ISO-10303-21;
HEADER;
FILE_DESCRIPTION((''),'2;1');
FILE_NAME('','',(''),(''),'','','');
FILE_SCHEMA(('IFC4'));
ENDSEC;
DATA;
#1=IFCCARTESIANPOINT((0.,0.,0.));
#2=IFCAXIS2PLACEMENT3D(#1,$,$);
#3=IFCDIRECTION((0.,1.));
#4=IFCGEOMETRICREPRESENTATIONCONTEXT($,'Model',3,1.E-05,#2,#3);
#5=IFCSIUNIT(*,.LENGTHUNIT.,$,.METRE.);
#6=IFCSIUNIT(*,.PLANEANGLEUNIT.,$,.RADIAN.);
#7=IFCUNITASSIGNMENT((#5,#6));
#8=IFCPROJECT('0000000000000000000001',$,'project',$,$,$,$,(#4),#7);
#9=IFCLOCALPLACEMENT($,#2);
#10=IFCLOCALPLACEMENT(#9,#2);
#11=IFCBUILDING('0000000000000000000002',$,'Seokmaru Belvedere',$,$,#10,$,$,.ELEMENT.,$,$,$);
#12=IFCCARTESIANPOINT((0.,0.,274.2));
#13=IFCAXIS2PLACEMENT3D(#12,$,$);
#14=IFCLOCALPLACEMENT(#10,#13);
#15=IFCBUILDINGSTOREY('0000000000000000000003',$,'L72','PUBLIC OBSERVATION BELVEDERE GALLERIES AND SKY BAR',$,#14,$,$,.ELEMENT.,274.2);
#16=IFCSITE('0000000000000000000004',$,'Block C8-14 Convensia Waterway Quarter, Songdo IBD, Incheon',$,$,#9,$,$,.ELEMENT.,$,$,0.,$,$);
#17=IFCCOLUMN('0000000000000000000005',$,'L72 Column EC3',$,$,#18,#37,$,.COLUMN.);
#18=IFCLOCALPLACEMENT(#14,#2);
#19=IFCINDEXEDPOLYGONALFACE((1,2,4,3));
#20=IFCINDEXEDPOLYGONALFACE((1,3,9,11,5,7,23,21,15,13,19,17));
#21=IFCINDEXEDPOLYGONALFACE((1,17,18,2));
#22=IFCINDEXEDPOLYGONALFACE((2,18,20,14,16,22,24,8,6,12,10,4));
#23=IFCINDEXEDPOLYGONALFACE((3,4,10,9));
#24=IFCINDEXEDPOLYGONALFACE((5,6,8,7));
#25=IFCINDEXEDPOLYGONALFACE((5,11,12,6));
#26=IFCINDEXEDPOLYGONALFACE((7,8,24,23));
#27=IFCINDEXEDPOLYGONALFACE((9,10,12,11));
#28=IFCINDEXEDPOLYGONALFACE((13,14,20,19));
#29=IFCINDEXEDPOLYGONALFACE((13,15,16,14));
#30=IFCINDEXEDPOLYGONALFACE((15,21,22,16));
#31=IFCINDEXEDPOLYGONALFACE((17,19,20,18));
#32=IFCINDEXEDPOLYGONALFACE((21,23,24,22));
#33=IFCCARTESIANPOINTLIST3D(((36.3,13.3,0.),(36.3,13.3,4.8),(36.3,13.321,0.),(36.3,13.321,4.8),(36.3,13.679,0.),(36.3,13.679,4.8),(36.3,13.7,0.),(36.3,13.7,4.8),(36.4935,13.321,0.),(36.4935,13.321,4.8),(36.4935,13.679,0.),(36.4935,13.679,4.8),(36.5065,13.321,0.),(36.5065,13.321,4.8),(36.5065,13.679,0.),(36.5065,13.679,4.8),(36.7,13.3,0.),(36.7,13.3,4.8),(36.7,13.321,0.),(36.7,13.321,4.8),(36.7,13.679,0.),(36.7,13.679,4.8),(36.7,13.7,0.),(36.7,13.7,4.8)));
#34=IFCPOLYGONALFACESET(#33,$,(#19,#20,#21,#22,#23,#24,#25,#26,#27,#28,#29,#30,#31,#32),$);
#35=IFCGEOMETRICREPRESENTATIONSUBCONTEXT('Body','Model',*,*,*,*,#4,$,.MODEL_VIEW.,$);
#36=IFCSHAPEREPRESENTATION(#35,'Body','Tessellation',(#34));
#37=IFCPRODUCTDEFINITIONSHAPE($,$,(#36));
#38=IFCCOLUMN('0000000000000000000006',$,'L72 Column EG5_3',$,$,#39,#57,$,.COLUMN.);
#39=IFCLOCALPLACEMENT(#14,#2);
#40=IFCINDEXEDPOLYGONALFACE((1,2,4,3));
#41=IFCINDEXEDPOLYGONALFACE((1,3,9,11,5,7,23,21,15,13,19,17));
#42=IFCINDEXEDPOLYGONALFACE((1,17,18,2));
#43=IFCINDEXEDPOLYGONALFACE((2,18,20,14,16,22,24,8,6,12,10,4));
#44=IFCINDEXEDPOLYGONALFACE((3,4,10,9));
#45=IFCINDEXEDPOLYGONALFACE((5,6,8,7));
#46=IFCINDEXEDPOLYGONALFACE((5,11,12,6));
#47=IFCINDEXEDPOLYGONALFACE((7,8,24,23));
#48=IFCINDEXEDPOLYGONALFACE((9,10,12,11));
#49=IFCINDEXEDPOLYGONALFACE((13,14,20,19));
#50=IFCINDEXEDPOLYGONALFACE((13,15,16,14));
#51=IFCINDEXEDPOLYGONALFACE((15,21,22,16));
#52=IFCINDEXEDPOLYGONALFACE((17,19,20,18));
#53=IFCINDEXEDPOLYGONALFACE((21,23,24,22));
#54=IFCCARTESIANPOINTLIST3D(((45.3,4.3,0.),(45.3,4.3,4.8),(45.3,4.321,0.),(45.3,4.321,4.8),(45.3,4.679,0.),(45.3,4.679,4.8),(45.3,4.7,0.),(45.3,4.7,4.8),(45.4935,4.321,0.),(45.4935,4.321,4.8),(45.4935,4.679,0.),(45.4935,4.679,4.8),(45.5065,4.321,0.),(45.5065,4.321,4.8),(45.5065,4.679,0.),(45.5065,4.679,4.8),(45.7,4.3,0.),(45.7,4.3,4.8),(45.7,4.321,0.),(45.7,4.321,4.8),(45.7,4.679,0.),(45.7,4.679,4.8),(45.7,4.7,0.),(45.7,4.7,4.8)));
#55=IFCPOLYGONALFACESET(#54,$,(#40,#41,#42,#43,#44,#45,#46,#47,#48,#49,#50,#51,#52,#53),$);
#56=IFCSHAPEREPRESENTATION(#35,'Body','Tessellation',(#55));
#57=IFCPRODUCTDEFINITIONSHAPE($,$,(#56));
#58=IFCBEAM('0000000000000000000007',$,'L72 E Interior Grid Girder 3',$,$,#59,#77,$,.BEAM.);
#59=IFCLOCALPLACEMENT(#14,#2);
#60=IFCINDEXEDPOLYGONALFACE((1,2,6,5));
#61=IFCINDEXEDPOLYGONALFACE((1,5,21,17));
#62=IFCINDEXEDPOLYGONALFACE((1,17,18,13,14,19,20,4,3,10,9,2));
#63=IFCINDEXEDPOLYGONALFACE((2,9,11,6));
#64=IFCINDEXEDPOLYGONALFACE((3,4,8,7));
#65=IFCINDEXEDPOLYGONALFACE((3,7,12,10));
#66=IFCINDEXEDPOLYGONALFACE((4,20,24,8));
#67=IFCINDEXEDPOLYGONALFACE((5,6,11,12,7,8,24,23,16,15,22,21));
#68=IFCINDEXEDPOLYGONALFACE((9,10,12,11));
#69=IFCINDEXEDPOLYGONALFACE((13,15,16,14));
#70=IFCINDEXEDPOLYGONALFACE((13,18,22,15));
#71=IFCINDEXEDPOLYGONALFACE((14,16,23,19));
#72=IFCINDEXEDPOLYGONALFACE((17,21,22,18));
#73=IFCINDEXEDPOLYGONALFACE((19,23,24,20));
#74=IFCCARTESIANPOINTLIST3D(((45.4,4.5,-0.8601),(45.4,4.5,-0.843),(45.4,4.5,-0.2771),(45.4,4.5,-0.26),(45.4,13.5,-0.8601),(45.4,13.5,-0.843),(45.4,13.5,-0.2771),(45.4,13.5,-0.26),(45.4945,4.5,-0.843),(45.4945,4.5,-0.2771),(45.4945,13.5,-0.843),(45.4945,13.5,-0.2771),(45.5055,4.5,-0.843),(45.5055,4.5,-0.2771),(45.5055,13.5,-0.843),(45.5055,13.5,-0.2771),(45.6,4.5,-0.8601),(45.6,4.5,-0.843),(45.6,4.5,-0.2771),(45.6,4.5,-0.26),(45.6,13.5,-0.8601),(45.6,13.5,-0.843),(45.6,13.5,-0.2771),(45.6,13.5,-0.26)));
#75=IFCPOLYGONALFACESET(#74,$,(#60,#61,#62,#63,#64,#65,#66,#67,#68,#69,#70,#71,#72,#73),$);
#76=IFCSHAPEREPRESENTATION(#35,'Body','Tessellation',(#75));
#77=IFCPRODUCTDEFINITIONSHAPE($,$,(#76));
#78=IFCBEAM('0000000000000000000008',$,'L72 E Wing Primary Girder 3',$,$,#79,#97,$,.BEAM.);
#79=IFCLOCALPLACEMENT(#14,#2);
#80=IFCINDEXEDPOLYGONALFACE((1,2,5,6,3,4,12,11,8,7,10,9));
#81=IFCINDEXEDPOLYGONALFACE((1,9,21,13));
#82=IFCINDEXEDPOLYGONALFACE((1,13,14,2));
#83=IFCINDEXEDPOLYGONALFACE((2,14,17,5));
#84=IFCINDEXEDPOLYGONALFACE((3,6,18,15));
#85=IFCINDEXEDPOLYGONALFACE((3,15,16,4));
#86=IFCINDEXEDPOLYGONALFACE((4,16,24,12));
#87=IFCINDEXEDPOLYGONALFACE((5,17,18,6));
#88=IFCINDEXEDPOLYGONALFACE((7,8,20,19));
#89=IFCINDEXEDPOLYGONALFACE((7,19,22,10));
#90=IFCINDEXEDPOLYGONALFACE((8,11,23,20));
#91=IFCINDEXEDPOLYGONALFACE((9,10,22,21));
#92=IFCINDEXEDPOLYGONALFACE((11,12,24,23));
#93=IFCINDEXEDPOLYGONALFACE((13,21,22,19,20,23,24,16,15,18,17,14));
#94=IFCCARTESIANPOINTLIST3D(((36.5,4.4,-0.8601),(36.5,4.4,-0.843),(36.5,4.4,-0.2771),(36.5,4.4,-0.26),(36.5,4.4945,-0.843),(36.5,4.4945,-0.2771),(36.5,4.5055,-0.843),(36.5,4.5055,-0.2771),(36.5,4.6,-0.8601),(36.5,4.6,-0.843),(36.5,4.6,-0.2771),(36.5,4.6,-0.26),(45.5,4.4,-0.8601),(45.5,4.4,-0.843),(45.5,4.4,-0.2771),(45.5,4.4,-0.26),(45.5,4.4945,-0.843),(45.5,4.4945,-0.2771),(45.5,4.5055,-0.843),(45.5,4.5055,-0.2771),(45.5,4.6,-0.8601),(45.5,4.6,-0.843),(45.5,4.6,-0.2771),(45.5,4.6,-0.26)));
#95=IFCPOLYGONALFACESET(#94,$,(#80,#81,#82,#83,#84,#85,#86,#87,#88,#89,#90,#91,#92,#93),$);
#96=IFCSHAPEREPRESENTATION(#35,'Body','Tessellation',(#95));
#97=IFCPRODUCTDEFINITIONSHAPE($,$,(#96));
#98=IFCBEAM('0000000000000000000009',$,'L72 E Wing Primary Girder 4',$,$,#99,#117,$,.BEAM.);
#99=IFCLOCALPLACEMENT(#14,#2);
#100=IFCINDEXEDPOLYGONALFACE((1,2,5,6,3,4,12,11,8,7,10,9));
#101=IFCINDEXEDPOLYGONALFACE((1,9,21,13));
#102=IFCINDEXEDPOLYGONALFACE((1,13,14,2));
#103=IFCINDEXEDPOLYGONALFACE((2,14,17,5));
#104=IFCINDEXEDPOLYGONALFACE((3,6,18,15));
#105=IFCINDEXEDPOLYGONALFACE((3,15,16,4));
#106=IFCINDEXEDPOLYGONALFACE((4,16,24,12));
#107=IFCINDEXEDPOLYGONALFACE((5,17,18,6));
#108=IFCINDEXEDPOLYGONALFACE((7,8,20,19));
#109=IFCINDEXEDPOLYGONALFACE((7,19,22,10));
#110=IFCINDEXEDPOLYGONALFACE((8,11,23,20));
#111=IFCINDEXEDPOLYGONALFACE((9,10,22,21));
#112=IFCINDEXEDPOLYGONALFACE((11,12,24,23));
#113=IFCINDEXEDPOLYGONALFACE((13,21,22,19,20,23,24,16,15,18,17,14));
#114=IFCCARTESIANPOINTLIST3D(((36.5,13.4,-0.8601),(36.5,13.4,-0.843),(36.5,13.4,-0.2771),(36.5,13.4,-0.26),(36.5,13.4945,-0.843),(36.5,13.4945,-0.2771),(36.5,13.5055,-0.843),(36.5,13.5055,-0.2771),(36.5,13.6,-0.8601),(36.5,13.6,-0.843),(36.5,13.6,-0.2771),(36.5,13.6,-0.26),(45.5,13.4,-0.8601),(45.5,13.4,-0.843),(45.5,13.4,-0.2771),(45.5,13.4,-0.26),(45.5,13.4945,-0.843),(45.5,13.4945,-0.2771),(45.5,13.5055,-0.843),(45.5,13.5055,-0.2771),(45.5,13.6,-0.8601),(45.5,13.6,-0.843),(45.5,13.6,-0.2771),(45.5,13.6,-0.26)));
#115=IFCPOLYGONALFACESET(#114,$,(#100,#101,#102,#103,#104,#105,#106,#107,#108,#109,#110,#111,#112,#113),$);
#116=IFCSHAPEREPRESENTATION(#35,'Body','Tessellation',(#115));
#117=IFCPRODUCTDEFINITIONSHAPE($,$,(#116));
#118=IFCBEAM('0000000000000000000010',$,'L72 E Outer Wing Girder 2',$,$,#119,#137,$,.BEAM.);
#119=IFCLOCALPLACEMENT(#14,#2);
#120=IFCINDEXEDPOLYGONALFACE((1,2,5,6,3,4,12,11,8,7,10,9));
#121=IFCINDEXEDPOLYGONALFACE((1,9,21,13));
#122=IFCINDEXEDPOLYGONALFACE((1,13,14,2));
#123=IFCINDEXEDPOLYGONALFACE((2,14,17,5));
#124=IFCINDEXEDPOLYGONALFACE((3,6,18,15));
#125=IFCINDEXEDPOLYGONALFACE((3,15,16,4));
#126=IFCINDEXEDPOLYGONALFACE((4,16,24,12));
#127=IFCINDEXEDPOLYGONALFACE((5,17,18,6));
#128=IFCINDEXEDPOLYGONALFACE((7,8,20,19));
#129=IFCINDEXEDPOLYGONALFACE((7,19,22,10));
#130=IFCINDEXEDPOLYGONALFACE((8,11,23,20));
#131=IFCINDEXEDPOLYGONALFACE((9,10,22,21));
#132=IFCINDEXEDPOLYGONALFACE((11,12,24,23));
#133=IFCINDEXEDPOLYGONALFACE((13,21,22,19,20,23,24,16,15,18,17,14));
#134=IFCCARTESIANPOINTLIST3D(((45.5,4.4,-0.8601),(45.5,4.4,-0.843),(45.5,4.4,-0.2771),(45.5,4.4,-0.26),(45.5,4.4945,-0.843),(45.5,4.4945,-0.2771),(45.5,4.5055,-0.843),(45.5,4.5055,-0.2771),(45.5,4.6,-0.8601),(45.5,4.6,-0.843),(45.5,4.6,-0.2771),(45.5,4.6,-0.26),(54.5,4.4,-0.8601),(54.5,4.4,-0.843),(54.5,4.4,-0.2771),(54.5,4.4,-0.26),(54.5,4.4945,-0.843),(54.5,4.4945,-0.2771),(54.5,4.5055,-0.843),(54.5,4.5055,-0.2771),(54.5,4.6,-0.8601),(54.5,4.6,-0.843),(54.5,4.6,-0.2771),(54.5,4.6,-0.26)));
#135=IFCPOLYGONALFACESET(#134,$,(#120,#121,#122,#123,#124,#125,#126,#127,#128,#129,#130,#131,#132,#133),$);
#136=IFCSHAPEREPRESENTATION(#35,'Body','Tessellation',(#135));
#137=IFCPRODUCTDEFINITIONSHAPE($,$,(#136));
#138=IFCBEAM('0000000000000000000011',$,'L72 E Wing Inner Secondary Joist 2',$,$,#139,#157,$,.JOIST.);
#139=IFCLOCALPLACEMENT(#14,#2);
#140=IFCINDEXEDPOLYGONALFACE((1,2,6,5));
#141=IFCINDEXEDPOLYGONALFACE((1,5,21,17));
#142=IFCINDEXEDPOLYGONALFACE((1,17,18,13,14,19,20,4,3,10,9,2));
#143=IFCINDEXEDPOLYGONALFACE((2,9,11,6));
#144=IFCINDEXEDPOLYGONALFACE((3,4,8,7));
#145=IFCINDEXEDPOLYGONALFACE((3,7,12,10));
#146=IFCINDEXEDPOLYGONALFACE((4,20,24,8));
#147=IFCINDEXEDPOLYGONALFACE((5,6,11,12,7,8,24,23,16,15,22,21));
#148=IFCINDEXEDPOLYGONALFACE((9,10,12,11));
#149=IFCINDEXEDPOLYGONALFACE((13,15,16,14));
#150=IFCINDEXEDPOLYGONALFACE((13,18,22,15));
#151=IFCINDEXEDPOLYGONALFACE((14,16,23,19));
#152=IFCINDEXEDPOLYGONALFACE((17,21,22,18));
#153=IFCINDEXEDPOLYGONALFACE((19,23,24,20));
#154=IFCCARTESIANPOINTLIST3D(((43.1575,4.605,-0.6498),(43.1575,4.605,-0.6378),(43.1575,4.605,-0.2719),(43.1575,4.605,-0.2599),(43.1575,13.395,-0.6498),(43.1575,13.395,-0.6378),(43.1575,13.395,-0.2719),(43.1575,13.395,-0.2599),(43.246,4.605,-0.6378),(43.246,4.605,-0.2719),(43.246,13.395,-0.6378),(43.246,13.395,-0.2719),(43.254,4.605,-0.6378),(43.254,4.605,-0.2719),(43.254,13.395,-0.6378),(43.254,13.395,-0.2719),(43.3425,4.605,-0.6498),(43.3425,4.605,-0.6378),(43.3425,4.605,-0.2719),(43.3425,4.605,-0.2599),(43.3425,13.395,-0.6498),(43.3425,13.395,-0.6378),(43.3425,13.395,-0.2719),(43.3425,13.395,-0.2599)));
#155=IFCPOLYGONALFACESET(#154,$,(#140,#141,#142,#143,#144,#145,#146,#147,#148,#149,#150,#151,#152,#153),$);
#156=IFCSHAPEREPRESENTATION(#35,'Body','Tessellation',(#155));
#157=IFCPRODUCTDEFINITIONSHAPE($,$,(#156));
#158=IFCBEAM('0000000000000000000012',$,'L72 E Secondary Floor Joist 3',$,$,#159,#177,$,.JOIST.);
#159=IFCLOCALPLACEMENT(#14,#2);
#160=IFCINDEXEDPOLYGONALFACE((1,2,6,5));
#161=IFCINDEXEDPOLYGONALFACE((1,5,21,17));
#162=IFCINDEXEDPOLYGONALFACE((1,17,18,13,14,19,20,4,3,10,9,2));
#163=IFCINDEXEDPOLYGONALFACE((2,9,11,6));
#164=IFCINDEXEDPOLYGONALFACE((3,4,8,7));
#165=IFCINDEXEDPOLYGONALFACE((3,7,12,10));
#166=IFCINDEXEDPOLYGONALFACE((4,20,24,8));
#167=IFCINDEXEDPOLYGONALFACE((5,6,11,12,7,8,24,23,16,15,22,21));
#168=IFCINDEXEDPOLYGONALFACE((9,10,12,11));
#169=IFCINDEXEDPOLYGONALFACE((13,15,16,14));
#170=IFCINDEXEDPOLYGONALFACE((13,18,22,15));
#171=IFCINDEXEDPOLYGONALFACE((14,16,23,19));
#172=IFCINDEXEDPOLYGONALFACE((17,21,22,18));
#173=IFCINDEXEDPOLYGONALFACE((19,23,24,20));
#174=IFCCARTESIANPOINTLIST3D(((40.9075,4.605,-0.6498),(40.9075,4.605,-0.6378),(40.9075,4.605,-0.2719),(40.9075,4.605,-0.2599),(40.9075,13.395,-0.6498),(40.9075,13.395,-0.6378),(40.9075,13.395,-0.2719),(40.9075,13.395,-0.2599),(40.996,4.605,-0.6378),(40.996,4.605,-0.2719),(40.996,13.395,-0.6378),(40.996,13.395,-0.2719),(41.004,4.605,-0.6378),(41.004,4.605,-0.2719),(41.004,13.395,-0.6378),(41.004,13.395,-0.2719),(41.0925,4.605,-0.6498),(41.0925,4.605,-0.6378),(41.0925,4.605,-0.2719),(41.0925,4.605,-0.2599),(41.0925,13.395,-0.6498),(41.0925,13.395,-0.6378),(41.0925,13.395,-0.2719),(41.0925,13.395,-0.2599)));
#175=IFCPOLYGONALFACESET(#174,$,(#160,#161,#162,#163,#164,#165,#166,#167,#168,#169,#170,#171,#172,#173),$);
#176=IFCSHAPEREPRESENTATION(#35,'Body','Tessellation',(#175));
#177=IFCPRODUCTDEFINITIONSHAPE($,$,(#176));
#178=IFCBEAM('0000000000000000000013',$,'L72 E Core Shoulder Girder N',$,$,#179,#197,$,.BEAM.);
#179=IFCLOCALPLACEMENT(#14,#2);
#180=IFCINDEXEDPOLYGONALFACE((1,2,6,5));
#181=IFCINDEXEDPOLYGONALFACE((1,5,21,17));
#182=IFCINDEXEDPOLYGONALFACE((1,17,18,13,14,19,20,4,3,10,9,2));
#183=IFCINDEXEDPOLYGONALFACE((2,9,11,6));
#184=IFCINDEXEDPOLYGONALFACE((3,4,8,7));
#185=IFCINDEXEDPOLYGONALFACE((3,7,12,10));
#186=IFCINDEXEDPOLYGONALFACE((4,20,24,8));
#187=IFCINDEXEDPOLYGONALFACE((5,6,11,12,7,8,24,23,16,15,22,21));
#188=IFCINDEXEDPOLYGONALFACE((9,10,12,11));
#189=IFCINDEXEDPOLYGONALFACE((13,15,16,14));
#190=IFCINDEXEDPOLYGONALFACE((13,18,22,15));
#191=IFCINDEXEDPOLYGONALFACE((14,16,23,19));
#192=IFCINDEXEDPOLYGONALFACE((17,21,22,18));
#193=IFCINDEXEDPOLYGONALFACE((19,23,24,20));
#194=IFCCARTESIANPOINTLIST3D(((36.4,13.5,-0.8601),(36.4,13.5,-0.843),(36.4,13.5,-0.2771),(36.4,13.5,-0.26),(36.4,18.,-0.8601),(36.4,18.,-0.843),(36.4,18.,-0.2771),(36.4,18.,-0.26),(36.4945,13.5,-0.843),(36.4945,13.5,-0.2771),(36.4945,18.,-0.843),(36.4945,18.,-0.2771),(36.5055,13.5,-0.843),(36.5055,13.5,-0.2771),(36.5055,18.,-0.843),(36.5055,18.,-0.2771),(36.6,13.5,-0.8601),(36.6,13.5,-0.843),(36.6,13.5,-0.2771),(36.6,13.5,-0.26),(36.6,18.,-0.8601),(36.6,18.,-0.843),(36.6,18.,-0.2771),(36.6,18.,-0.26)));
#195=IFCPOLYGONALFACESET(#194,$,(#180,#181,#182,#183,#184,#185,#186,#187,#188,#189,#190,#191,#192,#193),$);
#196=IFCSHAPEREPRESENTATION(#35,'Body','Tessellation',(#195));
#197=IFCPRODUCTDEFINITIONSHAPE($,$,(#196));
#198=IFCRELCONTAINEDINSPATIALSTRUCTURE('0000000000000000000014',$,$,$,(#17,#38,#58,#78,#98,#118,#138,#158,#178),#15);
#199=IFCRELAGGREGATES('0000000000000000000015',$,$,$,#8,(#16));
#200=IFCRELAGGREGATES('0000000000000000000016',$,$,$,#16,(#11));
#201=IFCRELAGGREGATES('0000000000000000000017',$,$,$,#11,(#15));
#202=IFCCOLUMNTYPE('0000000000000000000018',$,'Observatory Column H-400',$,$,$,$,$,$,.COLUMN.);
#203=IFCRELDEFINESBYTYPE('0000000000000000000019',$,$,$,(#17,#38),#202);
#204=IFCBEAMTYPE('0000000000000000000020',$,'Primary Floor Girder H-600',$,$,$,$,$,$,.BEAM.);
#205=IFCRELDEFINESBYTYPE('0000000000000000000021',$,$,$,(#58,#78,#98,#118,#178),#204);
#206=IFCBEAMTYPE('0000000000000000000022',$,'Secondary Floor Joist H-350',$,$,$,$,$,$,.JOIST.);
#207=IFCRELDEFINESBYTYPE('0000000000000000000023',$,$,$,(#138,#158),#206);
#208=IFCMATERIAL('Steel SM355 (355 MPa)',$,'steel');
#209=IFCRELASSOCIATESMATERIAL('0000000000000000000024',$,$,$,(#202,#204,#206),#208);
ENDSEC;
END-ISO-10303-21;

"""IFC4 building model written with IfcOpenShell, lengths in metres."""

from ifc_helpers import new_model, si_unit, direction, frame, origin, origin_2d, place, context, subcontext, project, spatial, i_section, extrude, source, transform, mapped, material, material_profile, profile_set, type_object, type_shapes, element, save


model = new_model("IFC4")

# Units and contexts
model_context = context("Model", 3, precision=1e-05, world=origin(), true_north=direction((0.0, 1.0)))
body_context = subcontext(model_context, "Body", "Model", "MODEL_VIEW")
ifc_project = project(units=[si_unit("LENGTHUNIT", "METRE"), si_unit("PLANEANGLEUNIT", "RADIAN")], contexts=[model_context])

# Site, building, storey
site_placement = place(None, origin())
site = spatial("IfcSite", under=ifc_project, at=site_placement, Name="Block C8-14 Convensia Waterway Quarter, Songdo IBD, Incheon", CompositionType="ELEMENT", RefElevation=0.0)
building_placement = place(site_placement, origin())
building = spatial("IfcBuilding", under=site, at=building_placement, Name="Seokmaru Belvedere", CompositionType="ELEMENT")
storey_placement = place(building_placement, frame((0.0, 0.0, 274.2)))
storey = spatial("IfcBuildingStorey", under=building, at=storey_placement, Name="L72", Description="PUBLIC OBSERVATION BELVEDERE GALLERIES AND SKY BAR", CompositionType="ELEMENT", Elevation=274.2)

# Columns
ifc_material_1 = material(Name="Steel SM355 (355 MPa)", Category="steel")
ifc_material_profile_1 = material_profile(ifc_material_1, i_section(OverallWidth=0.3999, OverallDepth=0.3999, WebThickness=0.0129, FlangeThickness=0.021, at=origin_2d()), Name="H-400x400x13x21")
ifc_profile_set_1 = profile_set([ifc_material_profile_1], Name="Steel SM355 (355 MPa)")
column_type = type_object("IfcColumnType", Name="Observatory Column H-400", PredefinedType="COLUMN", material=ifc_profile_set_1)
shared_shape_1 = source(origin(), body_context, "Body", "SweptSolid", [
    extrude(i_section(OverallWidth=0.3999, OverallDepth=0.3999, WebThickness=0.0129, FlangeThickness=0.021, at=origin_2d()), origin(), (0.0, 0.0, 1.0), 4.8),
])
type_shapes(column_type, [shared_shape_1])
for number, where, z_axis, x_axis, name in (
    (1, (36.5, 13.5, 0.0), (0.0, 0.0, 1.0), (1.0, 0.0, 0.0), "L72 Column EC3"),
    (2, (45.5, 4.5, 0.0), (0.0, 0.0, 1.0), (1.0, 0.0, 0.0), "L72 Column EG5_3"),
):
    element("IfcColumn", number, at=place(storey_placement, frame(where, z_axis=z_axis, x_axis=x_axis)), inside=storey, type_object=column_type, Name=name, PredefinedType="COLUMN", context=body_context, shape_type="MappedRepresentation", body=[
        mapped(shared_shape_1, transform((0.0, 0.0, 0.0), scale=1.0)),
    ])

# Beams
ifc_material_profile_2 = material_profile(ifc_material_1, i_section(OverallWidth=0.2, OverallDepth=0.6001, WebThickness=0.011, FlangeThickness=0.0171, at=origin_2d()), Name="H-600x200x11x17")
ifc_profile_set_2 = profile_set([ifc_material_profile_2], Name="Steel SM355 (355 MPa)")
beam_type_1 = type_object("IfcBeamType", Name="Primary Floor Girder H-600", PredefinedType="BEAM", material=ifc_profile_set_2)
shared_shape_2 = source(origin(), body_context, "Body", "SweptSolid", [
    extrude(i_section(OverallWidth=0.2, OverallDepth=0.6001, WebThickness=0.011, FlangeThickness=0.0171, at=origin_2d()), origin(), (0.0, 0.0, 1.0), 9.0),
])
for number, where, z_axis, x_axis, name in (
    (3, (45.5, 4.5, -0.5601), (0.0, 1.0, 0.0), (-1.0, 0.0, 0.0), "L72 E Interior Grid Girder 3"),
    (4, (36.5, 4.5, -0.5601), (1.0, 0.0, 0.0), (0.0, 1.0, 0.0), "L72 E Wing Primary Girder 3"),
    (5, (36.5, 13.5, -0.5601), (1.0, 0.0, 0.0), (0.0, 1.0, 0.0), "L72 E Wing Primary Girder 4"),
    (6, (45.5, 4.5, -0.5601), (1.0, 0.0, 0.0), (0.0, 1.0, 0.0), "L72 E Outer Wing Girder 2"),
):
    element("IfcBeam", number, at=place(storey_placement, frame(where, z_axis=z_axis, x_axis=x_axis)), inside=storey, type_object=beam_type_1, Name=name, PredefinedType="BEAM", context=body_context, shape_type="MappedRepresentation", body=[
        mapped(shared_shape_2, transform((0.0, 0.0, 0.0), scale=1.0)),
    ])
ifc_material_profile_3 = material_profile(ifc_material_1, i_section(OverallWidth=0.1851, OverallDepth=0.3899, WebThickness=0.0081, FlangeThickness=0.012, at=origin_2d()), Name="H-390x185x8x12")
ifc_profile_set_3 = profile_set([ifc_material_profile_3], Name="Steel SM355 (355 MPa)")
beam_type_2 = type_object("IfcBeamType", Name="Secondary Floor Joist H-350", PredefinedType="JOIST", material=ifc_profile_set_3)
shared_shape_3 = source(origin(), body_context, "Body", "SweptSolid", [
    extrude(i_section(OverallWidth=0.1851, OverallDepth=0.3899, WebThickness=0.0081, FlangeThickness=0.012, at=origin_2d()), origin(), (0.0, 0.0, 1.0), 8.79),
])
type_shapes(beam_type_2, [shared_shape_3])
for number, where, z_axis, x_axis, name in (
    (7, (43.25, 4.605, -0.4548), (0.0, 1.0, 0.0), (-1.0, 0.0, 0.0), "L72 E Wing Inner Secondary Joist 2"),
    (8, (41.0, 4.605, -0.4548), (0.0, 1.0, 0.0), (-1.0, 0.0, 0.0), "L72 E Secondary Floor Joist 3"),
):
    element("IfcBeam", number, at=place(storey_placement, frame(where, z_axis=z_axis, x_axis=x_axis)), inside=storey, type_object=beam_type_2, Name=name, PredefinedType="JOIST", context=body_context, shape_type="MappedRepresentation", body=[
        mapped(shared_shape_3, transform((0.0, 0.0, 0.0), scale=1.0)),
    ])
shared_shape_4 = source(origin(), body_context, "Body", "SweptSolid", [
    extrude(i_section(OverallWidth=0.2, OverallDepth=0.6001, WebThickness=0.011, FlangeThickness=0.0171, at=origin_2d()), origin(), (0.0, 0.0, 1.0), 4.5),
])
type_shapes(beam_type_1, [shared_shape_2, shared_shape_4])
beam_placement = place(storey_placement, frame((36.5, 13.5, -0.5601), z_axis=(0.0, 1.0, 0.0), x_axis=(-1.0, 0.0, 0.0)))
element("IfcBeam", 9, at=beam_placement, inside=storey, type_object=beam_type_1, Name="L72 E Core Shoulder Girder N", PredefinedType="BEAM", context=body_context, shape_type="MappedRepresentation", body=[
    mapped(shared_shape_4, transform((0.0, 0.0, 0.0), scale=1.0)),
])

save(model, "model.ifc")
